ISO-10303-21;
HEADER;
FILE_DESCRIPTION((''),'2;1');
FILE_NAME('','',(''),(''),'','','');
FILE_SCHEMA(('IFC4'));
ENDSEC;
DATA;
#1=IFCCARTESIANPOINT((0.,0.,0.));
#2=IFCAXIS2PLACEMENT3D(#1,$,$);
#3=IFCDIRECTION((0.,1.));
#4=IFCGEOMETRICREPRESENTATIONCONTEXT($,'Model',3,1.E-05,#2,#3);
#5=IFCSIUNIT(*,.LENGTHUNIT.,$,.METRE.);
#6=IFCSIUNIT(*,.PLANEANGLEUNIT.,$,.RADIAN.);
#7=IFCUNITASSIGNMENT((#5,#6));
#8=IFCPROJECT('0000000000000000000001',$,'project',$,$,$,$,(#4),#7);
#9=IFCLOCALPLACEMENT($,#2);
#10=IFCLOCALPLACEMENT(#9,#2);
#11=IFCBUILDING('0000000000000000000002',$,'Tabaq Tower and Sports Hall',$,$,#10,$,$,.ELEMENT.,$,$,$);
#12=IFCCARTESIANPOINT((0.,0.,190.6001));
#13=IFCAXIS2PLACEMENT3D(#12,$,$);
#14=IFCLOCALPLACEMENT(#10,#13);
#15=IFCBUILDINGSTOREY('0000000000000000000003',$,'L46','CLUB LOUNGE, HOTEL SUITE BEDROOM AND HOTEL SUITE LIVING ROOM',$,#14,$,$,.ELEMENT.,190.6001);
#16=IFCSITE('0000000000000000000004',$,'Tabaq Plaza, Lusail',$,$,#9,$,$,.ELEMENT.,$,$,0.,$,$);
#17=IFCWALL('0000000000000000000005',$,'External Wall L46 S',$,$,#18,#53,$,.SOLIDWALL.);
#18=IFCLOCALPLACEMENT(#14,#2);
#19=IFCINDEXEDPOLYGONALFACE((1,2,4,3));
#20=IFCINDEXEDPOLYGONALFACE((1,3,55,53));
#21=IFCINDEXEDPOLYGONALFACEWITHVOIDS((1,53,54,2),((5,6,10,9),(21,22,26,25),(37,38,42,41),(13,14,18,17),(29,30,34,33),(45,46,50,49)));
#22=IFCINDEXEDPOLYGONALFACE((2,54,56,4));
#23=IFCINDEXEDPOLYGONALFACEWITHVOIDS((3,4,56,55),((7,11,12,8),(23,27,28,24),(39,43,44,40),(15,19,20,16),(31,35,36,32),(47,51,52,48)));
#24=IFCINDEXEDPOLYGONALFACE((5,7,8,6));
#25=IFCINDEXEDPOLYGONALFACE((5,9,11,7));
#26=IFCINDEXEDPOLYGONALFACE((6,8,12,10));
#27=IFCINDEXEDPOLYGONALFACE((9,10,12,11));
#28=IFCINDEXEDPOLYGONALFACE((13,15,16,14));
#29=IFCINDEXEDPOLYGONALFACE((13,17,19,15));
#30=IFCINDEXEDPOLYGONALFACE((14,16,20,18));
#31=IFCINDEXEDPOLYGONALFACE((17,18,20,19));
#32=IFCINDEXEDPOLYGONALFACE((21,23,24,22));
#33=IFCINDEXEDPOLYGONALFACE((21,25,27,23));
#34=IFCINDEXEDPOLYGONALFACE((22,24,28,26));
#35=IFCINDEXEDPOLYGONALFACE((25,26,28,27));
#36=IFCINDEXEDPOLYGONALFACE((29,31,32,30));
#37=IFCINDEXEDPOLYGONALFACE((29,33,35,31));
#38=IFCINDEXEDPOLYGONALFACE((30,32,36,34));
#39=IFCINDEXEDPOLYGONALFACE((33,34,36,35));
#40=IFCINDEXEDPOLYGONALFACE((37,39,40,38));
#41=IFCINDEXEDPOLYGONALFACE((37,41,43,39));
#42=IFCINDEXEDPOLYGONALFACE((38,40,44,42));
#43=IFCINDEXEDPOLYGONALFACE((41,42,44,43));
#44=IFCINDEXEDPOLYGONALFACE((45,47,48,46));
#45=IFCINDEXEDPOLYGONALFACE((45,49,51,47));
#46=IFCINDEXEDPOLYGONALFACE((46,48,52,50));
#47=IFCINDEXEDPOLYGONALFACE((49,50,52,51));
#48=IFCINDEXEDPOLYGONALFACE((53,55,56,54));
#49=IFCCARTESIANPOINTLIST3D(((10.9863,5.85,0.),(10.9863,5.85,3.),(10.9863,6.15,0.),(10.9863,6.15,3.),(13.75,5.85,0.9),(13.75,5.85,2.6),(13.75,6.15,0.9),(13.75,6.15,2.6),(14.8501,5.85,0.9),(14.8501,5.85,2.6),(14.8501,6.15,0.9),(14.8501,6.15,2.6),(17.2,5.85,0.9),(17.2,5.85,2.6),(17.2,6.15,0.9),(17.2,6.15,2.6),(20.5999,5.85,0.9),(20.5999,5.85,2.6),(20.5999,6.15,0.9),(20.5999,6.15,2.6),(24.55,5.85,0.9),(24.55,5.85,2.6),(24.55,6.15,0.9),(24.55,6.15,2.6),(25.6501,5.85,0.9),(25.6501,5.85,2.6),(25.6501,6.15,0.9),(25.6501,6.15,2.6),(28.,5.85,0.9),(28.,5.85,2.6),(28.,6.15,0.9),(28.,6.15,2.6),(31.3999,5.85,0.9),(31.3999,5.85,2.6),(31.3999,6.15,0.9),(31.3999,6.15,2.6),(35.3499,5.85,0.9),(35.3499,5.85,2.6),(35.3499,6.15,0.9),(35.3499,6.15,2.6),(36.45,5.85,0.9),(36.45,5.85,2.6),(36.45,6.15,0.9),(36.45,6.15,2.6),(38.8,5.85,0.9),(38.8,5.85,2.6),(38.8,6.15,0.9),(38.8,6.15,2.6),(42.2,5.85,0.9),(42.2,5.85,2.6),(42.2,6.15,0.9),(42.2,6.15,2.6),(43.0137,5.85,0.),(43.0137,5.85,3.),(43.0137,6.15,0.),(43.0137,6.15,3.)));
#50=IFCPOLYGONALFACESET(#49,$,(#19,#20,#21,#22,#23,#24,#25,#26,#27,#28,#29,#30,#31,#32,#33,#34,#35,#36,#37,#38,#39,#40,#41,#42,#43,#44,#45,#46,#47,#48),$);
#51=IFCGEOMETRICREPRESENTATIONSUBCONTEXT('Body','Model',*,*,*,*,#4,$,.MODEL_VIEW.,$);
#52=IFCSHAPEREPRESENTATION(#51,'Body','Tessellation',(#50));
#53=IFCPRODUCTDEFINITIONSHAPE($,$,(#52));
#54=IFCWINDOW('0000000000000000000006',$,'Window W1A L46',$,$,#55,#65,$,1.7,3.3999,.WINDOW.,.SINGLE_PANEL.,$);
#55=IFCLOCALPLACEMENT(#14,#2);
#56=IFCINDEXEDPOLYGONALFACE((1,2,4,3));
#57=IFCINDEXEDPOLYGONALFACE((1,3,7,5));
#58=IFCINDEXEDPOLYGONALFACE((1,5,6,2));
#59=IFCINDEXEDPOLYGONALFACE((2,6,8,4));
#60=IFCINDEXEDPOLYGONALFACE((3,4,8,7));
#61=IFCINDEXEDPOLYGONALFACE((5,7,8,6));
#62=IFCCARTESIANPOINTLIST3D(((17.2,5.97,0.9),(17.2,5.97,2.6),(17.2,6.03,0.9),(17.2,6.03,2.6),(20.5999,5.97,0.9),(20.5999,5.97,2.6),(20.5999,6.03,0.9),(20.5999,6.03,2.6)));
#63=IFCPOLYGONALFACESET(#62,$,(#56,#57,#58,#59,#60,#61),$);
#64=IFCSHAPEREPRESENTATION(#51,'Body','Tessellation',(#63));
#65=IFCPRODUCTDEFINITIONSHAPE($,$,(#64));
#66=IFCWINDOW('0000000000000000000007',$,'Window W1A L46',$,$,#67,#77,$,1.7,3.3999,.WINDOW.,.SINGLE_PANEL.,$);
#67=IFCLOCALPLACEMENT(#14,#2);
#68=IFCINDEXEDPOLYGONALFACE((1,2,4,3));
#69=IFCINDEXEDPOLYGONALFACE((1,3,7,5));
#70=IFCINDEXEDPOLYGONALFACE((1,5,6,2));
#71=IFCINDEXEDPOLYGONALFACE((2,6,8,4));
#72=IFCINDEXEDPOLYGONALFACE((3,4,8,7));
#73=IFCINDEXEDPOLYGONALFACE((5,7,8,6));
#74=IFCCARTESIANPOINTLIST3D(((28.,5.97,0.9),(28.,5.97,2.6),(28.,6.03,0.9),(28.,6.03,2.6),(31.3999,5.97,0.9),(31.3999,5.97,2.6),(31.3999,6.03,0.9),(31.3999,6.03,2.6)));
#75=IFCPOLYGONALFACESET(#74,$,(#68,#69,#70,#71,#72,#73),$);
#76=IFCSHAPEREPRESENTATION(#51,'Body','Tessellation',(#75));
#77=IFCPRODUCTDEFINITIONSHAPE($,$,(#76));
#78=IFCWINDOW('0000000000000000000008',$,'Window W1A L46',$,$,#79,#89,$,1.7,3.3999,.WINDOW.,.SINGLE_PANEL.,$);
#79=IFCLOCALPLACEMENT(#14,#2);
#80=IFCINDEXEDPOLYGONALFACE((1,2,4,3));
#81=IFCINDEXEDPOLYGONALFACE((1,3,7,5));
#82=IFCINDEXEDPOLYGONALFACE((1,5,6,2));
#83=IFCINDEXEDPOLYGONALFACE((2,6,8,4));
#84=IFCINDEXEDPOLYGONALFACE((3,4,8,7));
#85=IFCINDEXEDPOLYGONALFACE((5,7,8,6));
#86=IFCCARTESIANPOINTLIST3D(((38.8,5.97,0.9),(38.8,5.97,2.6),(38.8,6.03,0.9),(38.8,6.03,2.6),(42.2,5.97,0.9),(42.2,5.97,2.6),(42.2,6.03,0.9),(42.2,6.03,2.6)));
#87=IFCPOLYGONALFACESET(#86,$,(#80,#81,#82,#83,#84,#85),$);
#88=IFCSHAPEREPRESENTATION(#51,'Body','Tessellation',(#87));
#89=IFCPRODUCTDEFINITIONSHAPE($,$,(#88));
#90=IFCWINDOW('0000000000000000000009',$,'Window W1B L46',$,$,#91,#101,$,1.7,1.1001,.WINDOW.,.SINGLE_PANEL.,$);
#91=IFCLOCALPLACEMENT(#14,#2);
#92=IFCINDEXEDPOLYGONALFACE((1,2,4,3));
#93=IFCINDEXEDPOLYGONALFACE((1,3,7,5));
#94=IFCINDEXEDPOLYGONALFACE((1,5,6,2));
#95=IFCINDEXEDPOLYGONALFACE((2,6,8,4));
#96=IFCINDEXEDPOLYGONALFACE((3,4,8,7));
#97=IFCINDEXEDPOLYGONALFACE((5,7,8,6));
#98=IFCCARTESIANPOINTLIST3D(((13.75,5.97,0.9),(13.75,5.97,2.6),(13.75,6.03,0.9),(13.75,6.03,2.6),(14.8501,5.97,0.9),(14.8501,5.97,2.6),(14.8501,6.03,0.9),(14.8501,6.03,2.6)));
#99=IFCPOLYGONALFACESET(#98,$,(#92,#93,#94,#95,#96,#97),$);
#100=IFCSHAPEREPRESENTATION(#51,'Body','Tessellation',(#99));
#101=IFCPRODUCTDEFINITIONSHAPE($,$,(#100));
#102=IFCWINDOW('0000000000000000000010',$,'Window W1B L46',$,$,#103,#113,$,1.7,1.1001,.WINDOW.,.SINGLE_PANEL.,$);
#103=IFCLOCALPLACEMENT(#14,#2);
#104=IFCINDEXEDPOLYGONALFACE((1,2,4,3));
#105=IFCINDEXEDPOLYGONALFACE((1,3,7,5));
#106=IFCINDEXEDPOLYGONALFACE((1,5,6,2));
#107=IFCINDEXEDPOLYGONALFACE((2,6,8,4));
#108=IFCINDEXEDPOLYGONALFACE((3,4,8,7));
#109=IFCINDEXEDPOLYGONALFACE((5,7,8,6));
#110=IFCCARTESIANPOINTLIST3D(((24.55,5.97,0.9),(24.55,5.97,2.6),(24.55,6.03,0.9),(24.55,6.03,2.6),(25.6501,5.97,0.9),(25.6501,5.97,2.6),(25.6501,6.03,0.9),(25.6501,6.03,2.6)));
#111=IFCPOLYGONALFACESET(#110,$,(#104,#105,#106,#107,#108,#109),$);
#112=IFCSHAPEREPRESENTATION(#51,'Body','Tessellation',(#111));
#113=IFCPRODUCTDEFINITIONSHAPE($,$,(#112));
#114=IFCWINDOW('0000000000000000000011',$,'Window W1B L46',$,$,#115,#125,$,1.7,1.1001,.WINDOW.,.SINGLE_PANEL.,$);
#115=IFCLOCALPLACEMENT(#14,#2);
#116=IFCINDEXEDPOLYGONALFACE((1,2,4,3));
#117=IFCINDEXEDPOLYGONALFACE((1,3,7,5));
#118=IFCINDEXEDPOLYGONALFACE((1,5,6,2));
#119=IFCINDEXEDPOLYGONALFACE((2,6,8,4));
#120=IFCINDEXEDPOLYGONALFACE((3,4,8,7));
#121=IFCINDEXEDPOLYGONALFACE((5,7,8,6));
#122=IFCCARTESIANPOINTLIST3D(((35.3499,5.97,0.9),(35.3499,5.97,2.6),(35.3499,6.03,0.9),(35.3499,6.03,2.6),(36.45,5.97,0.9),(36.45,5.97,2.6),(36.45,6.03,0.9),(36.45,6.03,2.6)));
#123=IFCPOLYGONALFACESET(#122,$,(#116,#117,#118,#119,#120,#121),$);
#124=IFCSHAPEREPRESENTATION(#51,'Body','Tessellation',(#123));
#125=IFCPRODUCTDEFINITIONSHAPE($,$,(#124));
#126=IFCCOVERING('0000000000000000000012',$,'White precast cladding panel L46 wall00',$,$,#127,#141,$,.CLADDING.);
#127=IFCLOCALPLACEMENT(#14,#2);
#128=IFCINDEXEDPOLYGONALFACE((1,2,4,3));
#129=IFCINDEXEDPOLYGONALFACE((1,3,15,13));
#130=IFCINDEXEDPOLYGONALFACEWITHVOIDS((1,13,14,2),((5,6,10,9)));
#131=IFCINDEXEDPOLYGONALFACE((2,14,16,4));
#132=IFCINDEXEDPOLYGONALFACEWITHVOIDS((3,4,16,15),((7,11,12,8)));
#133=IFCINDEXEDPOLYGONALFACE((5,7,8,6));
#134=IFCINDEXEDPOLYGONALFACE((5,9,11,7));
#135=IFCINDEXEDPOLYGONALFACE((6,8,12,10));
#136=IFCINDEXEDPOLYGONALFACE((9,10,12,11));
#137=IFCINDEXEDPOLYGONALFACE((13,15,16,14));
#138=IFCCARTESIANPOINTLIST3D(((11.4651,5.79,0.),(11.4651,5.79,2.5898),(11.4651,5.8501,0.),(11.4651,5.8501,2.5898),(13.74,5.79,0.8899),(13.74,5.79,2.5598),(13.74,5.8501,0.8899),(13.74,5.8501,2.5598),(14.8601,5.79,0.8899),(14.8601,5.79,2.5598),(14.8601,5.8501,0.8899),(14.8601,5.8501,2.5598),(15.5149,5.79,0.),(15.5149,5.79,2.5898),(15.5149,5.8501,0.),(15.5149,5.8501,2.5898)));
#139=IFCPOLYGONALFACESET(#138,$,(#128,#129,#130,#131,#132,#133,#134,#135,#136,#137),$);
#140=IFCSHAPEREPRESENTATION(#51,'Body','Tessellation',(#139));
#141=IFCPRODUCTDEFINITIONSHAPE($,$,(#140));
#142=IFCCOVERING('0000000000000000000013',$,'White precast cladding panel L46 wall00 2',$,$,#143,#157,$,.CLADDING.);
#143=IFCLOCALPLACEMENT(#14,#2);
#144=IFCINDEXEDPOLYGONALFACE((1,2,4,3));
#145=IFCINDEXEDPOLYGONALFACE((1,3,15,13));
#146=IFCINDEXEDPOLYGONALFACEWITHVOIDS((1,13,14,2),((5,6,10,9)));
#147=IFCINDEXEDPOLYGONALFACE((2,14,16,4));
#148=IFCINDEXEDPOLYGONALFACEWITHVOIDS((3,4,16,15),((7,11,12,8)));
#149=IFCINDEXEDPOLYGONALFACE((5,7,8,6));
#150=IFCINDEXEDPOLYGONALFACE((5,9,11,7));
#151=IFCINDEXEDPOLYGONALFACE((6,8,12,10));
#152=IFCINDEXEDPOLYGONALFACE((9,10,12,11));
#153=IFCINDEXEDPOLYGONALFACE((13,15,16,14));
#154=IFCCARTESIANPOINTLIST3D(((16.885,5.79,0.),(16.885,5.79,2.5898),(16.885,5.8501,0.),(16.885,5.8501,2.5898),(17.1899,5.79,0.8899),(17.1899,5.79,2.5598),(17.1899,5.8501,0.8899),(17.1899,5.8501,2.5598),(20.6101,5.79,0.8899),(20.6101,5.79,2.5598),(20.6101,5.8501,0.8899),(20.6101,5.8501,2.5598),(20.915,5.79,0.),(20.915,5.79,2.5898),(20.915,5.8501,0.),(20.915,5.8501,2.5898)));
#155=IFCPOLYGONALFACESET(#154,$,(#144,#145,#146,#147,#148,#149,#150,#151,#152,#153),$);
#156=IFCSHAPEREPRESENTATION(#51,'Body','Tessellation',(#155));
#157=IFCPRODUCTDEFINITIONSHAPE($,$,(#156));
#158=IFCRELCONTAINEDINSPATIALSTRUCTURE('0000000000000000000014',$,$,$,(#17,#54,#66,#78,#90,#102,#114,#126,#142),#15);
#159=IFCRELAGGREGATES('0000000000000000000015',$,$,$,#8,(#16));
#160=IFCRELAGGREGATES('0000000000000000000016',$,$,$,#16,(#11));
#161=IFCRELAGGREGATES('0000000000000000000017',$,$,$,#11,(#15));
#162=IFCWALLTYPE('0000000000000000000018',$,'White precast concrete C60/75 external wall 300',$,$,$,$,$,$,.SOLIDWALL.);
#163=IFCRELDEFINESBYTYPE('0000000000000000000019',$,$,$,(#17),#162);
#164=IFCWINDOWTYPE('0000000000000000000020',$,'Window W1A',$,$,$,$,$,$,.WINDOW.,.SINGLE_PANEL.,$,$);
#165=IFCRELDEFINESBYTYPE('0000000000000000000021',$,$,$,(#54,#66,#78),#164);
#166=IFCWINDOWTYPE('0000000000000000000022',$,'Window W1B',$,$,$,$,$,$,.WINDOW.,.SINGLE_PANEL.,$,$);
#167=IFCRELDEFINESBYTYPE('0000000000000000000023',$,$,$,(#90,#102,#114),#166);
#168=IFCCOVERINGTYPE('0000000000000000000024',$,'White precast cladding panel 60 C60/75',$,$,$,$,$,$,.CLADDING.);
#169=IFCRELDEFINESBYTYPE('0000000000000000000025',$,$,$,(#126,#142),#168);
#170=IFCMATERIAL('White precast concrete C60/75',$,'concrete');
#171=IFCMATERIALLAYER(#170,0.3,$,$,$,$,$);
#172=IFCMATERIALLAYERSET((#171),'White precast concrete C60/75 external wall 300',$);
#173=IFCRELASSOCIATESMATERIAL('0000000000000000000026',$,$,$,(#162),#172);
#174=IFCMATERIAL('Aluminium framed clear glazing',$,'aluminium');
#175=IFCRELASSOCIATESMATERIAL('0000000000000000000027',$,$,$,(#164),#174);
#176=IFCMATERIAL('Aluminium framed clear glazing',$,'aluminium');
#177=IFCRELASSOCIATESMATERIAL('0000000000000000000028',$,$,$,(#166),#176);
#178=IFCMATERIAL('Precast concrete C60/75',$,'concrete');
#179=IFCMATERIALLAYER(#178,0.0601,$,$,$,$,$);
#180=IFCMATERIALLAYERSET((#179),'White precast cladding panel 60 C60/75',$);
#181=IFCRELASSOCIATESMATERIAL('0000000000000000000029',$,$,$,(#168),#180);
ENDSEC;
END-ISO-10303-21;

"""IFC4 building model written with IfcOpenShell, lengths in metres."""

from ifc_helpers import new_model, si_unit, direction, frame, frame_2d, origin, place, context, subcontext, project, spatial, polyline, rectangle, outline, extrude, material, layer, layer_set, type_object, element, fill, save


model = new_model("IFC4")

# Units and contexts
model_context = context("Model", 3, precision=1e-05, world=origin(), true_north=direction((0.0, 1.0)))
body_context = subcontext(model_context, "Body", "Model", "MODEL_VIEW")
ifc_project = project(units=[si_unit("LENGTHUNIT", "METRE"), si_unit("PLANEANGLEUNIT", "RADIAN")], contexts=[model_context])

# Site, building, storey
site_placement = place(None, origin())
site = spatial("IfcSite", under=ifc_project, at=site_placement, Name="Tabaq Plaza, Lusail", CompositionType="ELEMENT", RefElevation=0.0)
building_placement = place(site_placement, origin())
building = spatial("IfcBuilding", under=site, at=building_placement, Name="Tabaq Tower and Sports Hall", CompositionType="ELEMENT")
storey_placement = place(building_placement, frame((0.0, 0.0, 190.6001)))
storey = spatial("IfcBuildingStorey", under=building, at=storey_placement, Name="L46", Description="CLUB LOUNGE, HOTEL SUITE BEDROOM AND HOTEL SUITE LIVING ROOM", CompositionType="ELEMENT", Elevation=190.6001)

# Wall, openings, windows
ifc_material_1 = material(Name="White precast concrete C60/75", Category="concrete")
ifc_layer_1 = layer(ifc_material_1, 0.3)
ifc_layer_set_1 = layer_set([ifc_layer_1], Name="White precast concrete C60/75 external wall 300")
wall_type_1 = type_object("IfcWallType", Name="White precast concrete C60/75 external wall 300", PredefinedType="SOLIDWALL", material=ifc_layer_set_1)
wall_1_placement = place(storey_placement, frame((10.9863, 6.0, 0.0), z_axis=(0.0, 0.0, 1.0), x_axis=(1.0, 0.0, 0.0)))
wall_1 = element("IfcWall", 1, at=wall_1_placement, inside=storey, type_object=wall_type_1, Name="External Wall L46 S", PredefinedType="SOLIDWALL", context=body_context, shape_type="SweptSolid", body=[
    extrude(rectangle(XDim=32.0273, YDim=0.3, at=frame_2d((16.0137, 0.0))), origin(), (0.0, 0.0, 1.0), 3.0),
])
opening_1_placement = place(wall_1_placement, frame((2.7637, 0.0, 0.8999)))
opening_1 = element("IfcOpeningElement", 2, at=opening_1_placement, cuts=wall_1, PredefinedType="OPENING", context=body_context, shape_type="SweptSolid", body=[
    extrude(rectangle(XDim=1.1001, YDim=1.7, at=frame_2d((0.55, 0.8501))), frame((0.0, 0.1602, 0.0), z_axis=(0.0, -1.0, 0.0), x_axis=(1.0, 0.0, 0.0)), (0.0, 0.0, 1.0), 0.3201),
])
opening_2_placement = place(wall_1_placement, frame((6.2136, 0.0, 0.8999)))
opening_2 = element("IfcOpeningElement", 3, at=opening_2_placement, cuts=wall_1, PredefinedType="OPENING", context=body_context, shape_type="SweptSolid", body=[
    extrude(rectangle(XDim=3.3999, YDim=1.7, at=frame_2d((1.7, 0.8501))), frame((0.0, 0.1602, 0.0), z_axis=(0.0, -1.0, 0.0), x_axis=(1.0, 0.0, 0.0)), (0.0, 0.0, 1.0), 0.3201),
])
opening_3_placement = place(wall_1_placement, frame((13.5637, 0.0, 0.8999)))
opening_3 = element("IfcOpeningElement", 4, at=opening_3_placement, cuts=wall_1, PredefinedType="OPENING", context=body_context, shape_type="SweptSolid", body=[
    extrude(rectangle(XDim=1.1001, YDim=1.7, at=frame_2d((0.55, 0.8501))), frame((0.0, 0.1602, 0.0), z_axis=(0.0, -1.0, 0.0), x_axis=(1.0, 0.0, 0.0)), (0.0, 0.0, 1.0), 0.3201),
])
opening_4_placement = place(wall_1_placement, frame((17.0137, 0.0, 0.8999)))
opening_4 = element("IfcOpeningElement", 5, at=opening_4_placement, cuts=wall_1, PredefinedType="OPENING", context=body_context, shape_type="SweptSolid", body=[
    extrude(rectangle(XDim=3.3999, YDim=1.7, at=frame_2d((1.7, 0.8501))), frame((0.0, 0.1602, 0.0), z_axis=(0.0, -1.0, 0.0), x_axis=(1.0, 0.0, 0.0)), (0.0, 0.0, 1.0), 0.3201),
])
opening_5_placement = place(wall_1_placement, frame((24.3635, 0.0, 0.8999)))
opening_5 = element("IfcOpeningElement", 6, at=opening_5_placement, cuts=wall_1, PredefinedType="OPENING", context=body_context, shape_type="SweptSolid", body=[
    extrude(rectangle(XDim=1.1001, YDim=1.7, at=frame_2d((0.55, 0.8501))), frame((0.0, 0.1602, 0.0), z_axis=(0.0, -1.0, 0.0), x_axis=(1.0, 0.0, 0.0)), (0.0, 0.0, 1.0), 0.3201),
])
opening_6_placement = place(wall_1_placement, frame((27.8137, 0.0, 0.8999)))
opening_6 = element("IfcOpeningElement", 7, at=opening_6_placement, cuts=wall_1, PredefinedType="OPENING", context=body_context, shape_type="SweptSolid", body=[
    extrude(rectangle(XDim=3.3999, YDim=1.7, at=frame_2d((1.7, 0.8501))), frame((0.0, 0.1602, 0.0), z_axis=(0.0, -1.0, 0.0), x_axis=(1.0, 0.0, 0.0)), (0.0, 0.0, 1.0), 0.3201),
])
ifc_material_2 = material(Name="Aluminium framed clear glazing", Category="aluminium")
window_type_1 = type_object("IfcWindowType", Name="Window W1A", PartitioningType="SINGLE_PANEL", PredefinedType="WINDOW", material=ifc_material_2)
window_1_placement = place(opening_2_placement, origin())
window_1 = element("IfcWindow", 8, at=window_1_placement, inside=storey, type_object=window_type_1, Name="Window W1A L46", OverallHeight=1.7, OverallWidth=3.3999, PartitioningType="SINGLE_PANEL", PredefinedType="WINDOW", context=body_context, shape_type="SweptSolid", body=[
    extrude(rectangle(XDim=3.3999, YDim=1.7, at=frame_2d((1.7, 0.8501))), frame((0.0, 0.03, 0.0), z_axis=(0.0, -1.0, 0.0), x_axis=(1.0, 0.0, 0.0)), (0.0, 0.0, 1.0), 0.0601),
])
fill(opening_2, window_1)
window_2_placement = place(opening_4_placement, origin())
window_2 = element("IfcWindow", 9, at=window_2_placement, inside=storey, type_object=window_type_1, Name="Window W1A L46", OverallHeight=1.7, OverallWidth=3.3999, PartitioningType="SINGLE_PANEL", PredefinedType="WINDOW", context=body_context, shape_type="SweptSolid", body=[
    extrude(rectangle(XDim=3.3999, YDim=1.7, at=frame_2d((1.7, 0.8501))), frame((0.0, 0.03, 0.0), z_axis=(0.0, -1.0, 0.0), x_axis=(1.0, 0.0, 0.0)), (0.0, 0.0, 1.0), 0.0601),
])
fill(opening_4, window_2)
window_3_placement = place(opening_6_placement, origin())
window_3 = element("IfcWindow", 10, at=window_3_placement, inside=storey, type_object=window_type_1, Name="Window W1A L46", OverallHeight=1.7, OverallWidth=3.3999, PartitioningType="SINGLE_PANEL", PredefinedType="WINDOW", context=body_context, shape_type="SweptSolid", body=[
    extrude(rectangle(XDim=3.3999, YDim=1.7, at=frame_2d((1.7, 0.8501))), frame((0.0, 0.03, 0.0), z_axis=(0.0, -1.0, 0.0), x_axis=(1.0, 0.0, 0.0)), (0.0, 0.0, 1.0), 0.0601),
])
fill(opening_6, window_3)
ifc_material_3 = material(Name="Aluminium framed clear glazing", Category="aluminium")
window_type_2 = type_object("IfcWindowType", Name="Window W1B", PartitioningType="SINGLE_PANEL", PredefinedType="WINDOW", material=ifc_material_3)
window_4_placement = place(opening_1_placement, origin())
window_4 = element("IfcWindow", 11, at=window_4_placement, inside=storey, type_object=window_type_2, Name="Window W1B L46", OverallHeight=1.7, OverallWidth=1.1001, PartitioningType="SINGLE_PANEL", PredefinedType="WINDOW", context=body_context, shape_type="SweptSolid", body=[
    extrude(rectangle(XDim=1.1001, YDim=1.7, at=frame_2d((0.55, 0.8501))), frame((0.0, 0.03, 0.0), z_axis=(0.0, -1.0, 0.0), x_axis=(1.0, 0.0, 0.0)), (0.0, 0.0, 1.0), 0.0601),
])
fill(opening_1, window_4)
window_5_placement = place(opening_3_placement, origin())
window_5 = element("IfcWindow", 12, at=window_5_placement, inside=storey, type_object=window_type_2, Name="Window W1B L46", OverallHeight=1.7, OverallWidth=1.1001, PartitioningType="SINGLE_PANEL", PredefinedType="WINDOW", context=body_context, shape_type="SweptSolid", body=[
    extrude(rectangle(XDim=1.1001, YDim=1.7, at=frame_2d((0.55, 0.8501))), frame((0.0, 0.03, 0.0), z_axis=(0.0, -1.0, 0.0), x_axis=(1.0, 0.0, 0.0)), (0.0, 0.0, 1.0), 0.0601),
])
fill(opening_3, window_5)
window_6_placement = place(opening_5_placement, origin())
window_6 = element("IfcWindow", 13, at=window_6_placement, inside=storey, type_object=window_type_2, Name="Window W1B L46", OverallHeight=1.7, OverallWidth=1.1001, PartitioningType="SINGLE_PANEL", PredefinedType="WINDOW", context=body_context, shape_type="SweptSolid", body=[
    extrude(rectangle(XDim=1.1001, YDim=1.7, at=frame_2d((0.55, 0.8501))), frame((0.0, 0.03, 0.0), z_axis=(0.0, -1.0, 0.0), x_axis=(1.0, 0.0, 0.0)), (0.0, 0.0, 1.0), 0.0601),
])
fill(opening_5, window_6)

# Coverings
ifc_material_4 = material(Name="Precast concrete C60/75", Category="concrete")
ifc_layer_2 = layer(ifc_material_4, 0.0601)
ifc_layer_set_2 = layer_set([ifc_layer_2], Name="White precast cladding panel 60 C60/75")
covering_type = type_object("IfcCoveringType", Name="White precast cladding panel 60 C60/75", PredefinedType="CLADDING", material=ifc_layer_set_2)
covering_1_placement = place(storey_placement, frame((11.4651, 5.8201, 0.0), z_axis=(0.0, 0.0, 1.0), x_axis=(1.0, 0.0, 0.0)))
element("IfcCovering", 14, at=covering_1_placement, inside=storey, type_object=covering_type, Name="White precast cladding panel L46 wall00", PredefinedType="CLADDING", context=body_context, shape_type="SweptSolid", body=[
    extrude(outline(polyline([(0.0, 0.0), (4.0498, 0.0), (4.0498, 2.5898), (0.0, 2.5898), (0.0, 0.0)]), holes=[polyline([(3.395, 0.8899), (2.2749, 0.8899), (2.2749, 2.5598), (3.395, 2.5598), (3.395, 0.8899)])]), frame((0.0, 0.03, 0.0), z_axis=(0.0, -1.0, 0.0), x_axis=(1.0, 0.0, 0.0)), (0.0, 0.0, 1.0), 0.0601),
])
covering_2_placement = place(storey_placement, frame((16.885, 5.8201, 0.0), z_axis=(0.0, 0.0, 1.0), x_axis=(1.0, 0.0, 0.0)))
element("IfcCovering", 15, at=covering_2_placement, inside=storey, type_object=covering_type, Name="White precast cladding panel L46 wall00 2", PredefinedType="CLADDING", context=body_context, shape_type="SweptSolid", body=[
    extrude(outline(polyline([(0.0, 0.0), (4.03, 0.0), (4.03, 2.5898), (0.0, 2.5898), (0.0, 0.0)]), holes=[polyline([(3.7251, 0.8899), (0.3049, 0.8899), (0.3049, 2.5598), (3.7251, 2.5598), (3.7251, 0.8899)])]), frame((0.0, 0.03, 0.0), z_axis=(0.0, -1.0, 0.0), x_axis=(1.0, 0.0, 0.0)), (0.0, 0.0, 1.0), 0.0601),
])

save(model, "model.ifc")
